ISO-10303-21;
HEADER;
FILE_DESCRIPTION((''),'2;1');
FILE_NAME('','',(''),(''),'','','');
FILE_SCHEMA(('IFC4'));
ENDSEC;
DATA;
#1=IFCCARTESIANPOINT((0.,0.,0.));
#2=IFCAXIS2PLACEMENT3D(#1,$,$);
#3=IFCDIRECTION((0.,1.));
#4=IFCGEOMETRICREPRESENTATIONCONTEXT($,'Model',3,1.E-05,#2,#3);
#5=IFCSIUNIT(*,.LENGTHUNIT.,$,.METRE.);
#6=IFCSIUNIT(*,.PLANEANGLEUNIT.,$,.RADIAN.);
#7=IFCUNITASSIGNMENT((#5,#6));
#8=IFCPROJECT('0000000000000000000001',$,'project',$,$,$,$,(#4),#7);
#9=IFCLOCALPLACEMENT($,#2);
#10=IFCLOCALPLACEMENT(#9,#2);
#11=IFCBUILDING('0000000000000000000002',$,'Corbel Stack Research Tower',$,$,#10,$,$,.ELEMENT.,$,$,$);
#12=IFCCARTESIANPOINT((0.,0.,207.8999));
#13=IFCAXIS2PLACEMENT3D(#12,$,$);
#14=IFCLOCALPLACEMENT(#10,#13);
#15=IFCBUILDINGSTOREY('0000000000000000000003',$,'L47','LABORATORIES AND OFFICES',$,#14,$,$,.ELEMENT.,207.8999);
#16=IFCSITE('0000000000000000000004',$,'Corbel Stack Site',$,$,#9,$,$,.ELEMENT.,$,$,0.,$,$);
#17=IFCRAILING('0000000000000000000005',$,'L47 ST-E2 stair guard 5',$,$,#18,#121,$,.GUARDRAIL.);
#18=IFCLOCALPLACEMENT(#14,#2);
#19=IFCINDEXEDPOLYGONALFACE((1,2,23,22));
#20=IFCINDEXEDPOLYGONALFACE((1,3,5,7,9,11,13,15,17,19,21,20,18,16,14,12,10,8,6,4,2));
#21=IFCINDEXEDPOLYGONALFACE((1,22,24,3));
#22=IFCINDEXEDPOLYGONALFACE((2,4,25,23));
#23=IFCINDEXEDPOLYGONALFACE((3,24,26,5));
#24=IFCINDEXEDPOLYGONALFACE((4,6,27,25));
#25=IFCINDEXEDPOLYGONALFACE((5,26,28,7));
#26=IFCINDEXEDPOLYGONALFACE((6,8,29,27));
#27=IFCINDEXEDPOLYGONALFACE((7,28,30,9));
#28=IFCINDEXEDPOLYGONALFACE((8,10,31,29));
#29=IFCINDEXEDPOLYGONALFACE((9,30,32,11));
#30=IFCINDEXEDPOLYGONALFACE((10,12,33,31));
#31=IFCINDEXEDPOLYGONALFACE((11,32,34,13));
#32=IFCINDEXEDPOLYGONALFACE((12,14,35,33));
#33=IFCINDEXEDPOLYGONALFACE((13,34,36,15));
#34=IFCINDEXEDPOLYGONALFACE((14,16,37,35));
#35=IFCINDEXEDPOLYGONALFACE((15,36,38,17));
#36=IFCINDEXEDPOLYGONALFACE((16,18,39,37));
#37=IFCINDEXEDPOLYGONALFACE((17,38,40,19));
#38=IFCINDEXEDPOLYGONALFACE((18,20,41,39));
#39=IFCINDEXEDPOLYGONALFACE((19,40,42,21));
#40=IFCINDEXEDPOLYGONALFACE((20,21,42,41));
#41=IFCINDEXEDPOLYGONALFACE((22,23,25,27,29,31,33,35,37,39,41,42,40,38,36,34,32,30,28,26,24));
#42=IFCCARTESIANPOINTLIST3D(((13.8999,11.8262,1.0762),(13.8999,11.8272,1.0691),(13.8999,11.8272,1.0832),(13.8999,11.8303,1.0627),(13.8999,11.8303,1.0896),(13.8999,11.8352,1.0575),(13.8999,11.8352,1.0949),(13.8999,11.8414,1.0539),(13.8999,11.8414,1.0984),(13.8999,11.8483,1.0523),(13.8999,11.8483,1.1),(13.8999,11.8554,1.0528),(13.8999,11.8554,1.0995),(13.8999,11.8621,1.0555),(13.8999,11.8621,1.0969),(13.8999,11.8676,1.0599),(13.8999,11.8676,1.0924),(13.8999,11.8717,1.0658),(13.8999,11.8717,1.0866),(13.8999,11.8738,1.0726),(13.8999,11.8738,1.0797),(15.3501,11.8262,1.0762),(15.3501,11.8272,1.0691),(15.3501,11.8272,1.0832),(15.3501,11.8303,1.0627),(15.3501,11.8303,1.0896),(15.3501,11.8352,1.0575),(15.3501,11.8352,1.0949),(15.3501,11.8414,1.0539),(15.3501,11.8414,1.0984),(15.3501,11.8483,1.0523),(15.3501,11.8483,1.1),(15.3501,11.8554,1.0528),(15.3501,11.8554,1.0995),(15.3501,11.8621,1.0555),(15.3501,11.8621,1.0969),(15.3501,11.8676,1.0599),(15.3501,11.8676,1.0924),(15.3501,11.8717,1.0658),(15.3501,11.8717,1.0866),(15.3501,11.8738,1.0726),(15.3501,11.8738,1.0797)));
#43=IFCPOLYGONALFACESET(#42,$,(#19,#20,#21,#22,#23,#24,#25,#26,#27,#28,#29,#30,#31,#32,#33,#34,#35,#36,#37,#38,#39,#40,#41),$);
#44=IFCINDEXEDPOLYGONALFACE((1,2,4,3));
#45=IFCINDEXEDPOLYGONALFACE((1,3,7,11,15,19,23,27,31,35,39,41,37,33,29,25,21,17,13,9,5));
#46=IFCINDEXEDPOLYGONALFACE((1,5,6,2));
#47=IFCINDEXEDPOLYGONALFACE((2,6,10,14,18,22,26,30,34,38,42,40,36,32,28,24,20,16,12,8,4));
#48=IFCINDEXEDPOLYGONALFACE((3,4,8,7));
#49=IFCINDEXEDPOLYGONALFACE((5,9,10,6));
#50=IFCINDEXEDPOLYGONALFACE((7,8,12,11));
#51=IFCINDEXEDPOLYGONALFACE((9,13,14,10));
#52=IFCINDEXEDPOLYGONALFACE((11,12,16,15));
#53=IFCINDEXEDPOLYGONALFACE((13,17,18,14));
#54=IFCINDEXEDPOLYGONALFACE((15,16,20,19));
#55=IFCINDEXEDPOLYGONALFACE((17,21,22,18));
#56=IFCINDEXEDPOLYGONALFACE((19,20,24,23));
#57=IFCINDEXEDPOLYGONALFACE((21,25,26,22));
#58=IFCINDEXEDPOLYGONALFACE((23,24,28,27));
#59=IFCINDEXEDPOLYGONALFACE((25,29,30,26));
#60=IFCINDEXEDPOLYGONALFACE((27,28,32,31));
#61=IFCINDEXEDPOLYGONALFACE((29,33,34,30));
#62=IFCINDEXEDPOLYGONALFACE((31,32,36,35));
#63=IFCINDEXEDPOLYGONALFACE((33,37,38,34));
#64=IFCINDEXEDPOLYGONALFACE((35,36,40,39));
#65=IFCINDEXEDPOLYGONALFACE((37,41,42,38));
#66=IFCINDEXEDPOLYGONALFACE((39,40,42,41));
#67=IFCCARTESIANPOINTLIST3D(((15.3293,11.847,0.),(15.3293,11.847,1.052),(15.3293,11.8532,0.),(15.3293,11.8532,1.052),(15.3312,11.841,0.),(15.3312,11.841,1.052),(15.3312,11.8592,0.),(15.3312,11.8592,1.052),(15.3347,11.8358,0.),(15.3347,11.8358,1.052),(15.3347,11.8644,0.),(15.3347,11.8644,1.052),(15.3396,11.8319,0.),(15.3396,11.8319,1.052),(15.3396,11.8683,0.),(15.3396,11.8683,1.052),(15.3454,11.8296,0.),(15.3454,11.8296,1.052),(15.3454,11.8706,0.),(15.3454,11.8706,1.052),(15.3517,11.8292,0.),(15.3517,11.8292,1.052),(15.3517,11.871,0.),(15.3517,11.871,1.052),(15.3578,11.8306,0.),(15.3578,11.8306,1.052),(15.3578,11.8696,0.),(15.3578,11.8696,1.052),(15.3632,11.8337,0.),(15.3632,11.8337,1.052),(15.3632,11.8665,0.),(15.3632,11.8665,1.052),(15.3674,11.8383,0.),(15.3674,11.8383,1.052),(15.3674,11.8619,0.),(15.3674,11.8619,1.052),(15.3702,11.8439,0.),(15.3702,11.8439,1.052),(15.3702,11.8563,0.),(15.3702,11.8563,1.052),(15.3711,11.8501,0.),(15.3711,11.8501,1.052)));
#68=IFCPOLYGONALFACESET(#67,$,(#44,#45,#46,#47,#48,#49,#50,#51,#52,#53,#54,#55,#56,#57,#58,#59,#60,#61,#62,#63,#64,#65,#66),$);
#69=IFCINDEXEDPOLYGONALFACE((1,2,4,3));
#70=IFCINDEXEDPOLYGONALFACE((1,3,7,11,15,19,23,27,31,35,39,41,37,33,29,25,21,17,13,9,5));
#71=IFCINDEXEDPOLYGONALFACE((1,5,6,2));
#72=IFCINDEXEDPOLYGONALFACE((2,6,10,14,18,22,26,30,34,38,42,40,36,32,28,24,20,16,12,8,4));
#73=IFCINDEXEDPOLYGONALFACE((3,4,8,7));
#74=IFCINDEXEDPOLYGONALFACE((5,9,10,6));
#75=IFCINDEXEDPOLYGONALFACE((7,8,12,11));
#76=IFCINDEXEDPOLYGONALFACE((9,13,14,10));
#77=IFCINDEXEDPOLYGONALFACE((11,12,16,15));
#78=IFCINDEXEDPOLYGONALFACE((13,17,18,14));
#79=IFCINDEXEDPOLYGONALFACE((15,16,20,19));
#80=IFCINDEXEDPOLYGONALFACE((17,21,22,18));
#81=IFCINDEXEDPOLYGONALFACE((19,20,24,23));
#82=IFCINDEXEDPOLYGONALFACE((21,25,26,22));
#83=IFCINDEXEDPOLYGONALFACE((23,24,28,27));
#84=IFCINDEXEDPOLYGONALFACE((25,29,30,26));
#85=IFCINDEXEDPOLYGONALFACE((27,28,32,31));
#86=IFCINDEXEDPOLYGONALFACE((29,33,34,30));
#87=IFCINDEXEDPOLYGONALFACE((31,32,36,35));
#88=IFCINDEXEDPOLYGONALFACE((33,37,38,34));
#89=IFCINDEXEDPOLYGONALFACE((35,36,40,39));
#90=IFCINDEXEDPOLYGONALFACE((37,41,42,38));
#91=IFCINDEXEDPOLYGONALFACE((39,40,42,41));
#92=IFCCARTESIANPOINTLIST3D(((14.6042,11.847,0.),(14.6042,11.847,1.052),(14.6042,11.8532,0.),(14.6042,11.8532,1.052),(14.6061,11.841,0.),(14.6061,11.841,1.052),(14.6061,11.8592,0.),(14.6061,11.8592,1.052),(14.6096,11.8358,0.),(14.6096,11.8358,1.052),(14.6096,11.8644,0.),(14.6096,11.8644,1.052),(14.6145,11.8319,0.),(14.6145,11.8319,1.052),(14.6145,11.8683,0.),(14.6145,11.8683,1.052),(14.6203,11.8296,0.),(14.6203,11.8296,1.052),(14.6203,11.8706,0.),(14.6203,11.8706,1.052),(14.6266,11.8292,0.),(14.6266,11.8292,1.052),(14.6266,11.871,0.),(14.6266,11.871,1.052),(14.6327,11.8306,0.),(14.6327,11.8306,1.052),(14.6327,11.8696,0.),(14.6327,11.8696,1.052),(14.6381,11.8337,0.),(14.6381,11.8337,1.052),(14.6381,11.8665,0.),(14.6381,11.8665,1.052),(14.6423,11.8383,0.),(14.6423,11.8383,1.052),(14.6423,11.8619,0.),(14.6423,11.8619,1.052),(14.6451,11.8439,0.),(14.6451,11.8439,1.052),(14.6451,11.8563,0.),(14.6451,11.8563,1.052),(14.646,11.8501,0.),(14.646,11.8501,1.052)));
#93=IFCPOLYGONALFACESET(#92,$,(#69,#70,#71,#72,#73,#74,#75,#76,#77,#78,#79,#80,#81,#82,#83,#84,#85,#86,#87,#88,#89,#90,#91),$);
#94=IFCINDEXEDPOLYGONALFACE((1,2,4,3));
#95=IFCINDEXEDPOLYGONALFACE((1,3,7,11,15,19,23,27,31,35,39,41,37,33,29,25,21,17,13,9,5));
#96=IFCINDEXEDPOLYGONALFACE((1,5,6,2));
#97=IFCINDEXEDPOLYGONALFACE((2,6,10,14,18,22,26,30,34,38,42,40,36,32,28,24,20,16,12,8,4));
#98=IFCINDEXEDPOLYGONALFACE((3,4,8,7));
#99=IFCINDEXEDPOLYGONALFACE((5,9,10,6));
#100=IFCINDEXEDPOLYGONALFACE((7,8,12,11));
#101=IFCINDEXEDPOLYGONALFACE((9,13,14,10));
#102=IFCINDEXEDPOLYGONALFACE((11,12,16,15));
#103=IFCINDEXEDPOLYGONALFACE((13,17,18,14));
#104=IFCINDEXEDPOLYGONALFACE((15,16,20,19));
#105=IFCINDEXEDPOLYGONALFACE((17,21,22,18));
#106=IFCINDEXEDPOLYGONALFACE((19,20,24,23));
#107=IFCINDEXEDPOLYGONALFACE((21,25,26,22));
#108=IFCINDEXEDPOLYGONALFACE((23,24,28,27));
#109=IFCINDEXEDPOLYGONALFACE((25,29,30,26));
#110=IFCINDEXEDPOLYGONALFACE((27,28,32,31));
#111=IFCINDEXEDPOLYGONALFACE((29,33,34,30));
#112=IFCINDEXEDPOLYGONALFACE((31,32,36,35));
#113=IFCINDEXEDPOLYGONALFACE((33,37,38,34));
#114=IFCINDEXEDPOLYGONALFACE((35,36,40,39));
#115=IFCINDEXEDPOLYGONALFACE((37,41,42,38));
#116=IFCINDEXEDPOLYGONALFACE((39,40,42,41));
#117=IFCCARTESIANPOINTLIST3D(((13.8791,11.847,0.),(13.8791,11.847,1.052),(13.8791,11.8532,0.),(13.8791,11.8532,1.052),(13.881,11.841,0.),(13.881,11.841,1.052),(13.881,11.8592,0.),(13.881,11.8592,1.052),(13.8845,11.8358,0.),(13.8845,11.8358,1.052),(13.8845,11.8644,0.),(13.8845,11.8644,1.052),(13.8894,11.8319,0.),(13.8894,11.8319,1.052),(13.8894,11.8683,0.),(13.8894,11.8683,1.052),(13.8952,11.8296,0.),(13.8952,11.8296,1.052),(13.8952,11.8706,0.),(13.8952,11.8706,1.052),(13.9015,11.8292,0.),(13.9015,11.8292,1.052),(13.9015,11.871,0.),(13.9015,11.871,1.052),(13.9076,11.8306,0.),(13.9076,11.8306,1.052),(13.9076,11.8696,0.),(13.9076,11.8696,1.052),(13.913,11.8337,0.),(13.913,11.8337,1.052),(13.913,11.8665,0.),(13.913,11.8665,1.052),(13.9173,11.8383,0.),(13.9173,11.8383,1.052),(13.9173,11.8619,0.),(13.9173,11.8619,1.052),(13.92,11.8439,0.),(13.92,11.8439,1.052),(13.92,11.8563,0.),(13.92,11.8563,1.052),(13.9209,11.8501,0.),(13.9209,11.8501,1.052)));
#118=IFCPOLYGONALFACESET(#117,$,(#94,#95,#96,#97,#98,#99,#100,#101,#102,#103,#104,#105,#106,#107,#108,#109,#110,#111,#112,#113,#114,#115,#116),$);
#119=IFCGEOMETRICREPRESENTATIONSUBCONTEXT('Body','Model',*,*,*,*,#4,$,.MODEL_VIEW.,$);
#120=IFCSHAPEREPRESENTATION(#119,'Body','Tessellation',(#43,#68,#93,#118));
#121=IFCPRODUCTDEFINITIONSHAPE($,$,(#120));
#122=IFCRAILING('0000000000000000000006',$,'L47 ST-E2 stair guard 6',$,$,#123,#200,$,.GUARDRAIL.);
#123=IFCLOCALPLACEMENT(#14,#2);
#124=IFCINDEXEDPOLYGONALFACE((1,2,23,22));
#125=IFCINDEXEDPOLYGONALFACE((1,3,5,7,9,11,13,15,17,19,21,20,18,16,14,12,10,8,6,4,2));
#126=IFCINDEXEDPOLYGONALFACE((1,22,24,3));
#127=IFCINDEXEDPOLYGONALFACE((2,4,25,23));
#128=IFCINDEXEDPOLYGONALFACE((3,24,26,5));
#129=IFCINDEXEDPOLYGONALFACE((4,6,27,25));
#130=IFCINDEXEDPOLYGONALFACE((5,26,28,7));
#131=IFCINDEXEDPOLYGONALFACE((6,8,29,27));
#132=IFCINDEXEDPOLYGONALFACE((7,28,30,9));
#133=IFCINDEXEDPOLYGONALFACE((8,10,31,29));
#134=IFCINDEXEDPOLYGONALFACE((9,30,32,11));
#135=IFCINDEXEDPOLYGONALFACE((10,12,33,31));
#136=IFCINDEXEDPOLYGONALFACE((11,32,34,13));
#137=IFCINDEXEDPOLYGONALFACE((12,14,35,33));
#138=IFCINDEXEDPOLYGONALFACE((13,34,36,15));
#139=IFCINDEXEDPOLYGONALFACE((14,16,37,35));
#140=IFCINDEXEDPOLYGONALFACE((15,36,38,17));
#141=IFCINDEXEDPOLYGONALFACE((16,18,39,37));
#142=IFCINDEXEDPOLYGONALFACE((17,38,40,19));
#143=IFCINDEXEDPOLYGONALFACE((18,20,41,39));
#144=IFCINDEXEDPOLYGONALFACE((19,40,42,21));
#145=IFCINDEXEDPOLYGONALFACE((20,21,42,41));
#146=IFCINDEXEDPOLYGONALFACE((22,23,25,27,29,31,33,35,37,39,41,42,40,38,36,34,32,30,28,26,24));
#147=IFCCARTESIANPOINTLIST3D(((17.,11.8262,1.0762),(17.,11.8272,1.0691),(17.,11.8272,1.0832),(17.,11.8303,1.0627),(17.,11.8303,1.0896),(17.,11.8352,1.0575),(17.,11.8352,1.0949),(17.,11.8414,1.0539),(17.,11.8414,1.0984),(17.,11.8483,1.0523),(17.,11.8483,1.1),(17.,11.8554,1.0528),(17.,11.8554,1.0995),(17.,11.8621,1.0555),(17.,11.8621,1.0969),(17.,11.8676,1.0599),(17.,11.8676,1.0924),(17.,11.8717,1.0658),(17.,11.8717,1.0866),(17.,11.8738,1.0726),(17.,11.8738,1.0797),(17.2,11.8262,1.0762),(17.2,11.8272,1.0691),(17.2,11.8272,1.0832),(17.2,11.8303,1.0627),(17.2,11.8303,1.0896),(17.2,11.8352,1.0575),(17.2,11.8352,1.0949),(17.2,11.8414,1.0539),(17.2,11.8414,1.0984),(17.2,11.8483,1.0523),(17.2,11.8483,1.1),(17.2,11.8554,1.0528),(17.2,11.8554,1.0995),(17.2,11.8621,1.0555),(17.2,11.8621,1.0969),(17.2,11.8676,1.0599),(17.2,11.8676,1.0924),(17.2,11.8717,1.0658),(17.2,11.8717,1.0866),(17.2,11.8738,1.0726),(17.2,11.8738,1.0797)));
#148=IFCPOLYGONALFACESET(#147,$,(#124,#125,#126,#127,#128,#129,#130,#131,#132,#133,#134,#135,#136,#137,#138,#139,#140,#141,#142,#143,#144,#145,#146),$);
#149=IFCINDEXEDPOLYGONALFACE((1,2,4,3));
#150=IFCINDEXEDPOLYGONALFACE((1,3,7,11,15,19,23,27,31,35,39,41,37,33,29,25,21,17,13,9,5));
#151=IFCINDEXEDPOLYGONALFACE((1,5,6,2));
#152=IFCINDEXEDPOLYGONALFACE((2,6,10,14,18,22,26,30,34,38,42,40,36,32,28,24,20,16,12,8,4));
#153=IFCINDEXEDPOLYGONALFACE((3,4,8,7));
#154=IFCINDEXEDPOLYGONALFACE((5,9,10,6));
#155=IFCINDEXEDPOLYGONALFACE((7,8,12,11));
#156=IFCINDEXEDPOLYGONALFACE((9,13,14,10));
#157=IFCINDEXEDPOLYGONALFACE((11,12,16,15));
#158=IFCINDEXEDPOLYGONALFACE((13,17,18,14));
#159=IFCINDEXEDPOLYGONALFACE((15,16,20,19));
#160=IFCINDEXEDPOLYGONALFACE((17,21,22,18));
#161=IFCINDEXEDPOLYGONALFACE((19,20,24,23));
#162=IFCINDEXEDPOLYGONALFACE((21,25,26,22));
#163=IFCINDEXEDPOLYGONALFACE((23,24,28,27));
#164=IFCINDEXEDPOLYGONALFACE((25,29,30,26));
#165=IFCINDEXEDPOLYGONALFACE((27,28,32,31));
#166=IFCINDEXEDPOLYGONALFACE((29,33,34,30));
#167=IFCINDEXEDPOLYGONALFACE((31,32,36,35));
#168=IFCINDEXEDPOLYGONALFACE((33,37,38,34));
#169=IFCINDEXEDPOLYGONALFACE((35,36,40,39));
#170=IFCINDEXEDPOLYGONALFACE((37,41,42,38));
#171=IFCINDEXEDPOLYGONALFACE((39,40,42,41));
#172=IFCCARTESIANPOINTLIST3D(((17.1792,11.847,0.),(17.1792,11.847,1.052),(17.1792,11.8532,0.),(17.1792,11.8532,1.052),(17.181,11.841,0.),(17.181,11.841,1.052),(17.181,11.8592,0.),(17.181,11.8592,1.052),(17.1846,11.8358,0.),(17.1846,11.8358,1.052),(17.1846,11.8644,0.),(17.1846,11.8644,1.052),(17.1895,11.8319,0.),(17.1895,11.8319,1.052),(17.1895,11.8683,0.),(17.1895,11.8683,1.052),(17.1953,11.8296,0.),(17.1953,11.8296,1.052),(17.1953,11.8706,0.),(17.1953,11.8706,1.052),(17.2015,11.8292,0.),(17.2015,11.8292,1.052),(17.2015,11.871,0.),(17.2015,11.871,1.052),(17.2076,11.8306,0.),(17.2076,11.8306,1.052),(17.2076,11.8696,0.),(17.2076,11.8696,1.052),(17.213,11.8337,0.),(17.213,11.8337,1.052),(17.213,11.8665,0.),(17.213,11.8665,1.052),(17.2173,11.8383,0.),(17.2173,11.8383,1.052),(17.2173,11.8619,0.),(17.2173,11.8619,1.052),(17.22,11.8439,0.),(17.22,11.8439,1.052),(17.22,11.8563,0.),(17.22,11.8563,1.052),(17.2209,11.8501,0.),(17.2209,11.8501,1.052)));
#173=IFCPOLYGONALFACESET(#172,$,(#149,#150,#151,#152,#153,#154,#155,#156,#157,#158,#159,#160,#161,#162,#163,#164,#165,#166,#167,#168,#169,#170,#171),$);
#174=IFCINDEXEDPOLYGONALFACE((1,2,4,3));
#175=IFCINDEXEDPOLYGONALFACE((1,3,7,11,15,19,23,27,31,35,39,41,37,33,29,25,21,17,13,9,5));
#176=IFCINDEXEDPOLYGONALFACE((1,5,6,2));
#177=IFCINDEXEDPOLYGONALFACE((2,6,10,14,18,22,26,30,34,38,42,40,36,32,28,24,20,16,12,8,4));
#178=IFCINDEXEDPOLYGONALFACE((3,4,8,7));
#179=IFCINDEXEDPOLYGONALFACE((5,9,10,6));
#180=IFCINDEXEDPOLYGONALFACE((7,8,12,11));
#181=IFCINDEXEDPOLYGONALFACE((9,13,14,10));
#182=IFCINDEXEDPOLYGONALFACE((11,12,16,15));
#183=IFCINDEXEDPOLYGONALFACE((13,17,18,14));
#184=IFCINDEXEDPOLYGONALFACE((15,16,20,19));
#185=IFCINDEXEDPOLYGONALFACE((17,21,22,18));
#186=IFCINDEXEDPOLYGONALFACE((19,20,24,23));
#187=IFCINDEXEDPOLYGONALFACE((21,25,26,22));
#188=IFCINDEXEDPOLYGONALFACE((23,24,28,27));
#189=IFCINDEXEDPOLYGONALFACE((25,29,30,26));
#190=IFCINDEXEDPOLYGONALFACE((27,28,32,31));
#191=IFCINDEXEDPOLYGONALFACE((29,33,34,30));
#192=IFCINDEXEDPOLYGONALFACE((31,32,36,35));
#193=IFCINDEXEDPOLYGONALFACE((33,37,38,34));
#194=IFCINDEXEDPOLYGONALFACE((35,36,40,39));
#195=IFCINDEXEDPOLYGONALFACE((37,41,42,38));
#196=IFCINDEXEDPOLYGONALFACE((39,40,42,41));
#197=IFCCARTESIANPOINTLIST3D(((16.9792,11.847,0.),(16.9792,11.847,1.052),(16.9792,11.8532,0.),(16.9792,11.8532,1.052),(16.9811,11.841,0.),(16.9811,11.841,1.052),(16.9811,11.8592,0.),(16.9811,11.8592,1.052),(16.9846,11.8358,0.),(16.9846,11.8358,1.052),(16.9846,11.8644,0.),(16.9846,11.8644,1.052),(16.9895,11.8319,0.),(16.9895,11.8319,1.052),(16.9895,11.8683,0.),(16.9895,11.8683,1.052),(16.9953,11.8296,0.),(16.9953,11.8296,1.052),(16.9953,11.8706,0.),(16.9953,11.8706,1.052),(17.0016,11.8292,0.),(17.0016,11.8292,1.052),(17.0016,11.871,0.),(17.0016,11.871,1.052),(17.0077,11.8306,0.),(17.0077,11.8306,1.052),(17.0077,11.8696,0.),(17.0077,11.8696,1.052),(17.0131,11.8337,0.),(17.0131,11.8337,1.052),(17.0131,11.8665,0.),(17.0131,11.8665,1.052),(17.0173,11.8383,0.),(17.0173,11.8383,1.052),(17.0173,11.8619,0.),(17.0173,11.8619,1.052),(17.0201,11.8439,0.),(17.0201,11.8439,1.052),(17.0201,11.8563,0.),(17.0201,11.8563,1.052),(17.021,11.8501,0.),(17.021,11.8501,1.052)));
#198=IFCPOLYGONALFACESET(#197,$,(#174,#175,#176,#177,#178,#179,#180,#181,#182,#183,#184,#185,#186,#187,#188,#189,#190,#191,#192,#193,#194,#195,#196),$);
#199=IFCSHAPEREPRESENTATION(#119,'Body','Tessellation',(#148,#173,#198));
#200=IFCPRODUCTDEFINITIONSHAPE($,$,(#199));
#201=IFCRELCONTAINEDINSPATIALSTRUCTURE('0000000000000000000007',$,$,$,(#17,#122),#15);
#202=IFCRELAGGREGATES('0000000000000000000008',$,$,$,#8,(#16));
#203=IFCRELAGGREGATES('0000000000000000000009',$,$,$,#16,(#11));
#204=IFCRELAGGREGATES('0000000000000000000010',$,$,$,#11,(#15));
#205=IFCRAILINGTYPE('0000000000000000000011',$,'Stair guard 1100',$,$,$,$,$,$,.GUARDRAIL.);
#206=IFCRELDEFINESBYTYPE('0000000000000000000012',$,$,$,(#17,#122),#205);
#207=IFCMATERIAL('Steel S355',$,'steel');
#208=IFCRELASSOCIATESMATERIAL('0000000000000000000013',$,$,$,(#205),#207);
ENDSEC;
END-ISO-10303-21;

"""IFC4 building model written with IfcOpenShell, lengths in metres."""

from ifc_helpers import new_model, si_unit, direction, frame, origin, origin_2d, place, context, subcontext, project, spatial, circle, extrude, material, type_object, element, save


model = new_model("IFC4")

# Units and contexts
model_context = context("Model", 3, precision=1e-05, world=origin(), true_north=direction((0.0, 1.0)))
body_context = subcontext(model_context, "Body", "Model", "MODEL_VIEW")
ifc_project = project(units=[si_unit("LENGTHUNIT", "METRE"), si_unit("PLANEANGLEUNIT", "RADIAN")], contexts=[model_context])

# Site, building, storey
site_placement = place(None, origin())
site = spatial("IfcSite", under=ifc_project, at=site_placement, Name="Corbel Stack Site", CompositionType="ELEMENT", RefElevation=0.0)
building_placement = place(site_placement, origin())
building = spatial("IfcBuilding", under=site, at=building_placement, Name="Corbel Stack Research Tower", CompositionType="ELEMENT")
storey_placement = place(building_placement, frame((0.0, 0.0, 207.8999)))
storey = spatial("IfcBuildingStorey", under=building, at=storey_placement, Name="L47", Description="LABORATORIES AND OFFICES", CompositionType="ELEMENT", Elevation=207.8999)

# Railings
ifc_material_1 = material(Name="Steel S355", Category="steel")
railing_type_1 = type_object("IfcRailingType", Name="Stair guard 1100", PredefinedType="GUARDRAIL", material=ifc_material_1)
railing_1_placement = place(storey_placement, frame((15.3501, 11.8501, 0.0)))
element("IfcRailing", 1, at=railing_1_placement, inside=storey, type_object=railing_type_1, Name="L47 ST-E2 stair guard 5", PredefinedType="GUARDRAIL", context=body_context, shape_type="SweptSolid", body=[
    extrude(circle(Radius=0.0239, at=origin_2d()), frame((0.0, 0.0, 1.0762), z_axis=(-1.0, 0.0, 0.0), x_axis=(0.0, -1.0, 0.0)), (0.0, 0.0, 1.0), 1.4502),
    extrude(circle(Radius=0.021, at=origin_2d()), origin(), (0.0, 0.0, 1.0), 1.052),
    extrude(circle(Radius=0.021, at=origin_2d()), frame((-0.7251, 0.0, 0.0)), (0.0, 0.0, 1.0), 1.052),
    extrude(circle(Radius=0.021, at=origin_2d()), frame((-1.4502, 0.0, 0.0)), (0.0, 0.0, 1.0), 1.052),
])
railing_2_placement = place(storey_placement, frame((17.2, 11.8501, 0.0)))
element("IfcRailing", 2, at=railing_2_placement, inside=storey, type_object=railing_type_1, Name="L47 ST-E2 stair guard 6", PredefinedType="GUARDRAIL", context=body_context, shape_type="SweptSolid", body=[
    extrude(circle(Radius=0.0239, at=origin_2d()), frame((0.0, 0.0, 1.0762), z_axis=(-1.0, 0.0, 0.0), x_axis=(0.0, -1.0, 0.0)), (0.0, 0.0, 1.0), 0.2),
    extrude(circle(Radius=0.021, at=origin_2d()), origin(), (0.0, 0.0, 1.0), 1.052),
    extrude(circle(Radius=0.021, at=origin_2d()), frame((-0.2, 0.0, 0.0)), (0.0, 0.0, 1.0), 1.052),
])

save(model, "model.ifc")
